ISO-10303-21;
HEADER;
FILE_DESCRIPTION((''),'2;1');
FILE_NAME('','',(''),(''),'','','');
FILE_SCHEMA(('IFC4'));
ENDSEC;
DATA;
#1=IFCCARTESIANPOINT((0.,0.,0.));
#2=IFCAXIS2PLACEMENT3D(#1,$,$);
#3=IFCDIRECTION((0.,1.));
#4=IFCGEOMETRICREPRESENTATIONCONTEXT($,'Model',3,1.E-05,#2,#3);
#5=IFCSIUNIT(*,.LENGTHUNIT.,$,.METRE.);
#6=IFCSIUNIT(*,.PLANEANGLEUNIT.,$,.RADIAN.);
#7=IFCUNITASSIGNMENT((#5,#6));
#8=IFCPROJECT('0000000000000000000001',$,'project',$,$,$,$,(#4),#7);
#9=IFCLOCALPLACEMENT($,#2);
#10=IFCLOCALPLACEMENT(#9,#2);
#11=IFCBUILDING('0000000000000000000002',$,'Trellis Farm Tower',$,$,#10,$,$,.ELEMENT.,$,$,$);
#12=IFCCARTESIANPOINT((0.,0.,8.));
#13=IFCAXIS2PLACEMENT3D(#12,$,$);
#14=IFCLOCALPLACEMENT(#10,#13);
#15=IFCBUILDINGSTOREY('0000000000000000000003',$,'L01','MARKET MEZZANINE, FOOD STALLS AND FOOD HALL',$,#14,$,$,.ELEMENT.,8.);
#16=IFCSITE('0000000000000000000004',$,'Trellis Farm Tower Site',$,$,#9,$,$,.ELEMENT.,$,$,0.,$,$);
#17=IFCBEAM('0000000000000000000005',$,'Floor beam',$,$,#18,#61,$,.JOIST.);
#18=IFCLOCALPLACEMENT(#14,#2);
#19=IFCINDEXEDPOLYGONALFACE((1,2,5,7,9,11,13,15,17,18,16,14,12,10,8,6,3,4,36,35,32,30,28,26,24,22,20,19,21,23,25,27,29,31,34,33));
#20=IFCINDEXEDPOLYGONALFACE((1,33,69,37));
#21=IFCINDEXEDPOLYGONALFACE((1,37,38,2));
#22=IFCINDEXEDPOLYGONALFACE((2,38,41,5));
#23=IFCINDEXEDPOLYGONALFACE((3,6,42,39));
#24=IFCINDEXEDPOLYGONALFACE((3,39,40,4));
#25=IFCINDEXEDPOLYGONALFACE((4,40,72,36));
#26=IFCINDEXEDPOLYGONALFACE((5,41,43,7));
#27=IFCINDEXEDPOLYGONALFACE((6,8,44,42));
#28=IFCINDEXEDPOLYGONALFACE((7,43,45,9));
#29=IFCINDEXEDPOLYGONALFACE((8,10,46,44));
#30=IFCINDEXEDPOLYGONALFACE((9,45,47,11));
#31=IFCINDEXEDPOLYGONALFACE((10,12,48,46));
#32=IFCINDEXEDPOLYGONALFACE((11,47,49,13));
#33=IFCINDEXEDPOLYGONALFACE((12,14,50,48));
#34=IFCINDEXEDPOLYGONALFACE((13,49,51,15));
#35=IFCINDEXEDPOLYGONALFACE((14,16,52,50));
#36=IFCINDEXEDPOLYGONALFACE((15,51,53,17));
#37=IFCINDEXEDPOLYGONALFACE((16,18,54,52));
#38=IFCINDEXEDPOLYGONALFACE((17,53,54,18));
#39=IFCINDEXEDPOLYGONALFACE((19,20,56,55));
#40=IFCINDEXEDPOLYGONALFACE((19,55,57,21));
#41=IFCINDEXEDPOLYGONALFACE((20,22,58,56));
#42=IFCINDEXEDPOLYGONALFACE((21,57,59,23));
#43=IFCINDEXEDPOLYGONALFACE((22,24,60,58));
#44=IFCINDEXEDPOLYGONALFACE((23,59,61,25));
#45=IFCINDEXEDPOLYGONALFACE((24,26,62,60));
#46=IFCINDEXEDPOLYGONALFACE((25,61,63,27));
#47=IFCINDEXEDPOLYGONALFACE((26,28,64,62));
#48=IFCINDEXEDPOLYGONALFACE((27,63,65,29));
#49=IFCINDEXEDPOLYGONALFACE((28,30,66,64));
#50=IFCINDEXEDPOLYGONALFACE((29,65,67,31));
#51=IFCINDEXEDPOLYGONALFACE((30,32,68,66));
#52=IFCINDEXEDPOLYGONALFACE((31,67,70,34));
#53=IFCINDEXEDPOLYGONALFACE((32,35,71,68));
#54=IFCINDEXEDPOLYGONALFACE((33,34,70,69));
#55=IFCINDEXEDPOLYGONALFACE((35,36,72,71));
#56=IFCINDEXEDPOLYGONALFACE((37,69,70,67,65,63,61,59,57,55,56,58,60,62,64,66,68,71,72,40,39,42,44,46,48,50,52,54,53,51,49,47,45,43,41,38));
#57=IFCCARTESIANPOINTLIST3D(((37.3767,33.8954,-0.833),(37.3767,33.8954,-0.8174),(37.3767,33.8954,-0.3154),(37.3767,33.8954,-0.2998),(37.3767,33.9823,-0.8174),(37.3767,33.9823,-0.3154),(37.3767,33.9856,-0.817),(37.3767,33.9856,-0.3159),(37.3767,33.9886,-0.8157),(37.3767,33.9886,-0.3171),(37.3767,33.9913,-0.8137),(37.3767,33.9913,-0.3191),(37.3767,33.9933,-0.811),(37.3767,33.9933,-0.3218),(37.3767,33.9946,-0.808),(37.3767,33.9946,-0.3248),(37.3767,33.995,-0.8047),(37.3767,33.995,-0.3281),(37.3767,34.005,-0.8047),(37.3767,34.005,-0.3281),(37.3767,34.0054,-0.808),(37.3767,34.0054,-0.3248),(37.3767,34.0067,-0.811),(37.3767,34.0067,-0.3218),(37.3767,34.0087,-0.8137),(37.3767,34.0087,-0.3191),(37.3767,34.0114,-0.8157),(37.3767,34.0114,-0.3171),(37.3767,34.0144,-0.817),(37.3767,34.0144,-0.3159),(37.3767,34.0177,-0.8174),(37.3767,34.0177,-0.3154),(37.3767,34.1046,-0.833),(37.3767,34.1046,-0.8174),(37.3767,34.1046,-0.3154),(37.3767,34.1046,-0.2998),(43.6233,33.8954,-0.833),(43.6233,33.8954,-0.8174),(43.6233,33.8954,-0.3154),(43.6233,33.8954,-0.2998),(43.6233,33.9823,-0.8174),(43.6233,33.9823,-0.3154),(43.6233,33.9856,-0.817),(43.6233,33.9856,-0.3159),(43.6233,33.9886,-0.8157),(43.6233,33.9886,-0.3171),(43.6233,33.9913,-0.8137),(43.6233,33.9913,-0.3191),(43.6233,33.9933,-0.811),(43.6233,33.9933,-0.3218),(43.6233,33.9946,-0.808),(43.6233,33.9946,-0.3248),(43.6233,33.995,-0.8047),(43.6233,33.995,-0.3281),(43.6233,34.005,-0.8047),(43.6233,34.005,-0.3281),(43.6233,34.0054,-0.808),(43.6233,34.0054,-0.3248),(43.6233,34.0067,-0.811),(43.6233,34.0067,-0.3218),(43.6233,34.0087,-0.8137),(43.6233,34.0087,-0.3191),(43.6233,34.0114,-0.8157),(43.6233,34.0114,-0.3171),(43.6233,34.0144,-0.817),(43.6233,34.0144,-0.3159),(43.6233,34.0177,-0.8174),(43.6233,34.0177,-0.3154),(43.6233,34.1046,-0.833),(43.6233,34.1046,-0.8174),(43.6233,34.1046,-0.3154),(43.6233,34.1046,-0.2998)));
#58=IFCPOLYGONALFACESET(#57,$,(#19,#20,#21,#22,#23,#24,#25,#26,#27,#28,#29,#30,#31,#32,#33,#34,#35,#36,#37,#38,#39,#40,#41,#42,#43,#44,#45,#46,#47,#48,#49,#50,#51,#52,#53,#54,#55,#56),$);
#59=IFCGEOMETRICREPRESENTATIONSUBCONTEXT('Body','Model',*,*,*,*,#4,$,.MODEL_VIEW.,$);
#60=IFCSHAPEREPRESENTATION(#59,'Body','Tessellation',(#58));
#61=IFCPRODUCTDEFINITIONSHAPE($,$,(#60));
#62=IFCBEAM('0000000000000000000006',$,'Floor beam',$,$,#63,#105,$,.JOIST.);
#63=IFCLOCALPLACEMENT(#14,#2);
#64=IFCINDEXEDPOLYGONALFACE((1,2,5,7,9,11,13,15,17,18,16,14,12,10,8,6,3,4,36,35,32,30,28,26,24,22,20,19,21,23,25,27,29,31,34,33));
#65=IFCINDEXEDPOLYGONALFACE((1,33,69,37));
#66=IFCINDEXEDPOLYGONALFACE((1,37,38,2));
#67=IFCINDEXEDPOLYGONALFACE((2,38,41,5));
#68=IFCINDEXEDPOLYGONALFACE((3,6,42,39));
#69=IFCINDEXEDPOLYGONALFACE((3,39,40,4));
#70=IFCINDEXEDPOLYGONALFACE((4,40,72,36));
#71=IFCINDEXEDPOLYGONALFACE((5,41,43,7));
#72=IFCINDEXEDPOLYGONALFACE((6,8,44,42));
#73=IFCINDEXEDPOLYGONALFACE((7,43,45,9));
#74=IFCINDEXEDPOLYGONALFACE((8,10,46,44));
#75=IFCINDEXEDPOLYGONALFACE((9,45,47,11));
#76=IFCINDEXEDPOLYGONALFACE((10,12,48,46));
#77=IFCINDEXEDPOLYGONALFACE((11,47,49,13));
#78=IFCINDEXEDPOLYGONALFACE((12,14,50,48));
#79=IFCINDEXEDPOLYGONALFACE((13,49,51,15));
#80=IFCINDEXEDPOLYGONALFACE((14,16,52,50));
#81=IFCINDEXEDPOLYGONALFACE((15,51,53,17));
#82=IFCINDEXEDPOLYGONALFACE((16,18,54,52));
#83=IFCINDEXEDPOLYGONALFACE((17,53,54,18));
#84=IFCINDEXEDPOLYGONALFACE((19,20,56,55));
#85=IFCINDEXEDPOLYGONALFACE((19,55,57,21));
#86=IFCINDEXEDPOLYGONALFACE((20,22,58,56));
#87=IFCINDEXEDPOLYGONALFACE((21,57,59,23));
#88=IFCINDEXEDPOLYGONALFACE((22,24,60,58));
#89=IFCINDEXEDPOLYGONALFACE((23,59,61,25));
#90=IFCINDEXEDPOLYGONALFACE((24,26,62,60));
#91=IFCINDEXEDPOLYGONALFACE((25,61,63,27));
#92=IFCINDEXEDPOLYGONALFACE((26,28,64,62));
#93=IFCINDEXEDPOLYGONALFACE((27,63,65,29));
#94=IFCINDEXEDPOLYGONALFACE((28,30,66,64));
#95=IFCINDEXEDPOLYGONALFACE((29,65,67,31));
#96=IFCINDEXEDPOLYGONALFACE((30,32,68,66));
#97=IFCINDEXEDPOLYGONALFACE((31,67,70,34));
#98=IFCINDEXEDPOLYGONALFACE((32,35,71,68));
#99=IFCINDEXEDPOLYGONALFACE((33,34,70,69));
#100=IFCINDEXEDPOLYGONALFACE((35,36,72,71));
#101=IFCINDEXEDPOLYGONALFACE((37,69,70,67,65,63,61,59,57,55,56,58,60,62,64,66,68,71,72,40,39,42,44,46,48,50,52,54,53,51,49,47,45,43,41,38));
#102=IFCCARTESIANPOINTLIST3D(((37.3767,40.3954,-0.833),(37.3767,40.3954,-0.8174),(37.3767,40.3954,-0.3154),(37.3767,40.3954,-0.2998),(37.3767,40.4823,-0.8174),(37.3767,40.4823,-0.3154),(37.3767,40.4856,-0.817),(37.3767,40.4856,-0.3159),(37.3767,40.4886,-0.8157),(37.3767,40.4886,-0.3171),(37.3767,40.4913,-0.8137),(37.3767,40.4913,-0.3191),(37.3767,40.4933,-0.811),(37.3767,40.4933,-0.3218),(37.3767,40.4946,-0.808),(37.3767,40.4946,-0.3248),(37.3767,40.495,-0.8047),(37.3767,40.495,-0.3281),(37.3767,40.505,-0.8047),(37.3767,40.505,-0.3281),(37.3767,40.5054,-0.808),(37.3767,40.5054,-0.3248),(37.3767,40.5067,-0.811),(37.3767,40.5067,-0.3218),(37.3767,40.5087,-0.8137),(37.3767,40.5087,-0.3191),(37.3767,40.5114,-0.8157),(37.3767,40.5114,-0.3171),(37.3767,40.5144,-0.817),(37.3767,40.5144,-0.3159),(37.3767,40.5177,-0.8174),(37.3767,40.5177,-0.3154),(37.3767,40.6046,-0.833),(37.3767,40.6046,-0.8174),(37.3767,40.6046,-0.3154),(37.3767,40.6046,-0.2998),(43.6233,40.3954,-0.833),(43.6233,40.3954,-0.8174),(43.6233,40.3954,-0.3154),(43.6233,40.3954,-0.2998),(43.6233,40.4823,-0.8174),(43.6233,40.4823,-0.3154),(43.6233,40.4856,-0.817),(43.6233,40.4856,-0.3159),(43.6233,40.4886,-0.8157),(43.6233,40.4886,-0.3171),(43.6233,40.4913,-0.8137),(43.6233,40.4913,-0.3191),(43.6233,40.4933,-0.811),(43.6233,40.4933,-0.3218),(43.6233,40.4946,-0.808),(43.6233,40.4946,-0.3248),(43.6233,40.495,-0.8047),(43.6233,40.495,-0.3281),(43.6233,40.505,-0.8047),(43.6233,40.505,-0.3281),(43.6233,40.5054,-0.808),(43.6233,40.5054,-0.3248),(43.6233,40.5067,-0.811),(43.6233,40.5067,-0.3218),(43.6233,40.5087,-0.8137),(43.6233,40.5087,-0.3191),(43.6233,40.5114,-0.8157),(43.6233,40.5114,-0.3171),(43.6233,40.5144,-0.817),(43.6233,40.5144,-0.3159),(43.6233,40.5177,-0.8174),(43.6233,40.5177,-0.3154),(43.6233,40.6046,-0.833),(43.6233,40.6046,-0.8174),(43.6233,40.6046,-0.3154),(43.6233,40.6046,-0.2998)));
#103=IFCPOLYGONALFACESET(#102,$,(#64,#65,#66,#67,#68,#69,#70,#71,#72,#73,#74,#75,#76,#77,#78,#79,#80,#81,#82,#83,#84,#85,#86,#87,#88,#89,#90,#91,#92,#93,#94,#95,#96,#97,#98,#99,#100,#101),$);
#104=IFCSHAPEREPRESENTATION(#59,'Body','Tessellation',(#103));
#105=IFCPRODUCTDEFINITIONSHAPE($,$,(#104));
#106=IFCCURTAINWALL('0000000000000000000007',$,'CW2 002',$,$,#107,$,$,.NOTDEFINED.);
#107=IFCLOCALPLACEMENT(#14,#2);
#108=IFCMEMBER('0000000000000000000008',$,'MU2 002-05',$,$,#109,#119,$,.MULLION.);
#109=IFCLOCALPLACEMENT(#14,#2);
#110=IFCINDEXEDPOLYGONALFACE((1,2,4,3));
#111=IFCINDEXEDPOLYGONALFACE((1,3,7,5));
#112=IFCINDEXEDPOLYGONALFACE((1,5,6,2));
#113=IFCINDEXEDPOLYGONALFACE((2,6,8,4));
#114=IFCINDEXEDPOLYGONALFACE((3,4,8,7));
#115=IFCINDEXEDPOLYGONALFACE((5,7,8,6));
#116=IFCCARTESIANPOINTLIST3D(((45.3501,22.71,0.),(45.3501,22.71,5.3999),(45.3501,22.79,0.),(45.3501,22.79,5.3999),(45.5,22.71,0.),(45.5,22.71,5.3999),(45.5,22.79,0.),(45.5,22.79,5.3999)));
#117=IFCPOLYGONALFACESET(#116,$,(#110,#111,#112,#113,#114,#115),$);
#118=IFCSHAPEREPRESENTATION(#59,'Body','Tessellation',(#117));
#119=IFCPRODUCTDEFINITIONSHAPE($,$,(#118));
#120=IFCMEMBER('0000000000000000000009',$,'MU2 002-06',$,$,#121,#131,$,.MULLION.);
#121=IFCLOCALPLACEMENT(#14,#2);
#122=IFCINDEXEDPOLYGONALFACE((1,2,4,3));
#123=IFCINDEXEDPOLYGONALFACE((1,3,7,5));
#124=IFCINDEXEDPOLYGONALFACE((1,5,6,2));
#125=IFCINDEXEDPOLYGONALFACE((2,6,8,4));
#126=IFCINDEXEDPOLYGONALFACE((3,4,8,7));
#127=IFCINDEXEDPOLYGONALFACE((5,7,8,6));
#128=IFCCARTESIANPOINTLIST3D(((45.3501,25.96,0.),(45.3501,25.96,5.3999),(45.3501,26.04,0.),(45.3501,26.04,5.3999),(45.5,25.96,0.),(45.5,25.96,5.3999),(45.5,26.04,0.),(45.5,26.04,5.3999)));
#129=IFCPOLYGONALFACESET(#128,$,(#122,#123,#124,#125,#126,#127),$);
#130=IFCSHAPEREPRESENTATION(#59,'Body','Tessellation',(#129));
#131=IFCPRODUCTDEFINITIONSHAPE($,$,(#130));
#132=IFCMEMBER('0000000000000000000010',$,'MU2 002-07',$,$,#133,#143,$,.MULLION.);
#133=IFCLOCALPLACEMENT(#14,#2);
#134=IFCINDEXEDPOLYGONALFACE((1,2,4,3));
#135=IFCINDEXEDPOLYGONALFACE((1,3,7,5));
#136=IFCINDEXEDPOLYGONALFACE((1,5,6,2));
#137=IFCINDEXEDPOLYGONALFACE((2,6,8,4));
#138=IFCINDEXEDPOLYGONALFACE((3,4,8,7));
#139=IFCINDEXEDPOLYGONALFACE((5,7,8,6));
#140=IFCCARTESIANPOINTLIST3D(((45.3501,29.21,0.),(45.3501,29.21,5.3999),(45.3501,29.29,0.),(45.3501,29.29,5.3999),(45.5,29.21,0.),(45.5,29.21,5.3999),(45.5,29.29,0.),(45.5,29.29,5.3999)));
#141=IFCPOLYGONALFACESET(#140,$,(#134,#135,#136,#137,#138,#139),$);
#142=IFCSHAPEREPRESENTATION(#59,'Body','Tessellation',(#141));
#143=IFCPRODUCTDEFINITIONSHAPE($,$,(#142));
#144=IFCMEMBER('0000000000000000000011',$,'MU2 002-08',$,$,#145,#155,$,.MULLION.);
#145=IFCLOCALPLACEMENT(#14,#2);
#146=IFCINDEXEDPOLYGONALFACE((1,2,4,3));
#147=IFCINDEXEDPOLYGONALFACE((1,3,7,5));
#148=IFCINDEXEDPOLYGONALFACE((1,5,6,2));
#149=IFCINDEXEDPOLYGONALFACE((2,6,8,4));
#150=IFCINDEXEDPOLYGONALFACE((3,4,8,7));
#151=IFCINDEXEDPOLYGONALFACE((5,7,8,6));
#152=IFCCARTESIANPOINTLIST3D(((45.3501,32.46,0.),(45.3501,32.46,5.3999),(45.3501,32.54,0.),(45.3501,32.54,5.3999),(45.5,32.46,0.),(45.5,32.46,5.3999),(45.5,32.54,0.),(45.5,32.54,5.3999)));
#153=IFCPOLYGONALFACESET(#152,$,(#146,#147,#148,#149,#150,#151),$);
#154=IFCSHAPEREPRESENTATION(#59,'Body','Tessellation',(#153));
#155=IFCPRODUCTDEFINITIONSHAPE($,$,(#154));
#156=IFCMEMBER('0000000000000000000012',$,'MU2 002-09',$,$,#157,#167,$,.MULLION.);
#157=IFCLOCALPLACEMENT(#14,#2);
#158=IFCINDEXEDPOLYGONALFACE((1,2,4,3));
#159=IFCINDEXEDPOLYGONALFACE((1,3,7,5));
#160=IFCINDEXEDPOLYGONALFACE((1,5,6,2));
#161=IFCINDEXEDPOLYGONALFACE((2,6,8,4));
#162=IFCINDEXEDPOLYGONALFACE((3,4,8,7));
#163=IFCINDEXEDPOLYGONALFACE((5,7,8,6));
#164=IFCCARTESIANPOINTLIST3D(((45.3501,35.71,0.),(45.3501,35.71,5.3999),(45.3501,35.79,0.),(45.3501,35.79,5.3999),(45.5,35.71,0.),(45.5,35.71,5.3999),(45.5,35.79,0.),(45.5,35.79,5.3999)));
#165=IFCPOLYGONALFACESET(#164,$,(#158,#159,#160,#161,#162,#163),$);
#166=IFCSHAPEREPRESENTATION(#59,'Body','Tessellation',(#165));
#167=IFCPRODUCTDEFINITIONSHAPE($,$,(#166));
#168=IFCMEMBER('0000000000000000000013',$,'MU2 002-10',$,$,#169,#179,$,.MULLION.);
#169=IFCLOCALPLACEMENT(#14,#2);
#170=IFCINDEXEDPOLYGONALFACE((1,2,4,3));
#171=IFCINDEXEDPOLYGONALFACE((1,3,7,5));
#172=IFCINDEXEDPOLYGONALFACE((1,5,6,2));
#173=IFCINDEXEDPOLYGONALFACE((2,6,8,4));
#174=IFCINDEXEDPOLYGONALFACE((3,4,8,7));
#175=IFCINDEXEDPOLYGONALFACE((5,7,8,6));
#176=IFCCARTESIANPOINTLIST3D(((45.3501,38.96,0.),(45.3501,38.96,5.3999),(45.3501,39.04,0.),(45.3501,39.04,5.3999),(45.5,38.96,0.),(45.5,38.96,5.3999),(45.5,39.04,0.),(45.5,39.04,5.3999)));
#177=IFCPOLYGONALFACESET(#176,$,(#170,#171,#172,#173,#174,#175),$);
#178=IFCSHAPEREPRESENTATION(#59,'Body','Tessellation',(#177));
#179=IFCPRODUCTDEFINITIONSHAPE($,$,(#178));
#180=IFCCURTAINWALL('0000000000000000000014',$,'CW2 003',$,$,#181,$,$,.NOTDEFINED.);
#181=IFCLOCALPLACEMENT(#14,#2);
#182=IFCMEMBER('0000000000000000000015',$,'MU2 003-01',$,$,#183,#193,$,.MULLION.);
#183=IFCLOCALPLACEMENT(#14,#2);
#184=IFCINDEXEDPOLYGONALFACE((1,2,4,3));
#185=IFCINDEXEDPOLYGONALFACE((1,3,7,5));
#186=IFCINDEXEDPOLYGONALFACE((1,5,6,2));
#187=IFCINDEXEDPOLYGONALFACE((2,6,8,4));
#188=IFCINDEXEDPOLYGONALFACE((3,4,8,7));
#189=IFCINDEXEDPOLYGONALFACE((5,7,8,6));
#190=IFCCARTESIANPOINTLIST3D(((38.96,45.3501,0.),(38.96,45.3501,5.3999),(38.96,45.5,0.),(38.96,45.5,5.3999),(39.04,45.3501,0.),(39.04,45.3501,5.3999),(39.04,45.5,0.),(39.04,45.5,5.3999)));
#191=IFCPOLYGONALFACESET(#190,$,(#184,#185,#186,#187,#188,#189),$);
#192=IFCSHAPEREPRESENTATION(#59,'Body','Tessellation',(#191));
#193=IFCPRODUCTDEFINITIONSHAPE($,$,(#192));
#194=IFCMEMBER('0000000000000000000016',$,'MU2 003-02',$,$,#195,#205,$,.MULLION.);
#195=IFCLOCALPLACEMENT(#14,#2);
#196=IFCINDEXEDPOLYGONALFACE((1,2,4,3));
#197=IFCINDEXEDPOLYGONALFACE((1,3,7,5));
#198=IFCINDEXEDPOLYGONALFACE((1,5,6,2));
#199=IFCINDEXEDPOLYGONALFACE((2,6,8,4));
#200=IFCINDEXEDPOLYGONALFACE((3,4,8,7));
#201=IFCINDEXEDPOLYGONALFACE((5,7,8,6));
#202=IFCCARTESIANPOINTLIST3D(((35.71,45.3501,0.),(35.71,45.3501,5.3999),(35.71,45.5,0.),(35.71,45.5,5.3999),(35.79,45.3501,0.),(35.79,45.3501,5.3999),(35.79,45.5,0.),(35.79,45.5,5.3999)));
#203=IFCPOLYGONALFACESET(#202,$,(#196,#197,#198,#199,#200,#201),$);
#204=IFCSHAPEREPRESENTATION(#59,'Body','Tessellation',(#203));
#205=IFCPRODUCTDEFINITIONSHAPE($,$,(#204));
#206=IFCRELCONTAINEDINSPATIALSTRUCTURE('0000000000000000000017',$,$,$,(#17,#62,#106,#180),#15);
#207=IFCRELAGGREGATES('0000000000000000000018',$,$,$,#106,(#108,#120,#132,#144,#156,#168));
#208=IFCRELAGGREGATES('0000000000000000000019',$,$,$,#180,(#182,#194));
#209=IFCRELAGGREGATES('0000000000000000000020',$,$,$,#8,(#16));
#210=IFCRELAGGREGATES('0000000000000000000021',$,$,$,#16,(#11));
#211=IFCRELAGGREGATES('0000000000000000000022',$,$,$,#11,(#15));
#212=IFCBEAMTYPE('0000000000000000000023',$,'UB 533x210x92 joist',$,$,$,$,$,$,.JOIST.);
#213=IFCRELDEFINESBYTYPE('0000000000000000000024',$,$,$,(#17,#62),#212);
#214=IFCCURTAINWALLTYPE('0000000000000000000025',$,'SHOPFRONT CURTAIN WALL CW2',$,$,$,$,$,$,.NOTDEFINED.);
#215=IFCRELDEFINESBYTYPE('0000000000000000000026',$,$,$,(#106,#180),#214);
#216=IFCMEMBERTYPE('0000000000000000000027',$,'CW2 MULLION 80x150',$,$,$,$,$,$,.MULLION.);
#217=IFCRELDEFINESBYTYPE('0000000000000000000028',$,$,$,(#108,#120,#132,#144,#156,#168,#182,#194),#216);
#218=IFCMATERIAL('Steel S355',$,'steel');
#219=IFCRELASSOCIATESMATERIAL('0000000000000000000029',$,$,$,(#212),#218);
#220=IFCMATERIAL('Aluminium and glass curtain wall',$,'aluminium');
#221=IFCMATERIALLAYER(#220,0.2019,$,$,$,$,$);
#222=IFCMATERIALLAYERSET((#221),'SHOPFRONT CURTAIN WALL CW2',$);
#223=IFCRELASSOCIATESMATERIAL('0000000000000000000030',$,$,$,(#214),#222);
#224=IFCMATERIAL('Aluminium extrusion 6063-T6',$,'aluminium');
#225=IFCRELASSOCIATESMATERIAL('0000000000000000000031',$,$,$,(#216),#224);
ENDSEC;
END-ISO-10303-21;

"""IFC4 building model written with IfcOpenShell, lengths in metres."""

from ifc_helpers import new_model, si_unit, direction, frame, origin, origin_2d, place, context, subcontext, project, spatial, rectangle, i_section, extrude, source, transform, mapped, material, layer, layer_set, material_profile, profile_set, type_object, element, aggregate, save


model = new_model("IFC4")

# Units and contexts
model_context = context("Model", 3, precision=1e-05, world=origin(), true_north=direction((0.0, 1.0)))
body_context = subcontext(model_context, "Body", "Model", "MODEL_VIEW")
ifc_project = project(units=[si_unit("LENGTHUNIT", "METRE"), si_unit("PLANEANGLEUNIT", "RADIAN")], contexts=[model_context])

# Site, building, storey
site_placement = place(None, origin())
site = spatial("IfcSite", under=ifc_project, at=site_placement, Name="Trellis Farm Tower Site", CompositionType="ELEMENT", RefElevation=0.0)
building_placement = place(site_placement, origin())
building = spatial("IfcBuilding", under=site, at=building_placement, Name="Trellis Farm Tower", CompositionType="ELEMENT")
storey_placement = place(building_placement, frame((0.0, 0.0, 8.0)))
storey = spatial("IfcBuildingStorey", under=building, at=storey_placement, Name="L01", Description="MARKET MEZZANINE, FOOD STALLS AND FOOD HALL", CompositionType="ELEMENT", Elevation=8.0)

# Beams
ifc_material_1 = material(Name="Steel S355", Category="steel")
ifc_material_profile_1 = material_profile(ifc_material_1, i_section(OverallWidth=0.2092, OverallDepth=0.5332, WebThickness=0.01, FlangeThickness=0.0156, FilletRadius=0.0127, at=origin_2d()), Name="UB 533x210x92")
ifc_profile_set_1 = profile_set([ifc_material_profile_1], Name="Steel S355")
beam_type_1 = type_object("IfcBeamType", Name="UB 533x210x92 joist", PredefinedType="JOIST", material=ifc_profile_set_1)
shared_shape_1 = source(origin(), body_context, "Body", "SweptSolid", [
    extrude(i_section(OverallWidth=0.2092, OverallDepth=0.5332, WebThickness=0.01, FlangeThickness=0.0156, FilletRadius=0.0127, at=origin_2d()), origin(), (0.0, 0.0, 1.0), 6.2466),
])
for number, where, z_axis, x_axis, name in (
    (1, (37.3767, 34.0, -0.5664), (1.0, 0.0, 0.0), (0.0, 1.0, 0.0), "Floor beam"),
    (2, (37.3767, 40.5, -0.5664), (1.0, 0.0, 0.0), (0.0, 1.0, 0.0), "Floor beam"),
):
    element("IfcBeam", number, at=place(storey_placement, frame(where, z_axis=z_axis, x_axis=x_axis)), inside=storey, type_object=beam_type_1, Name=name, PredefinedType="JOIST", context=body_context, shape_type="MappedRepresentation", body=[
        mapped(shared_shape_1, transform((0.0, 0.0, 0.0))),
    ])

# Curtain walls, members
ifc_material_2 = material(Name="Aluminium and glass curtain wall", Category="aluminium")
ifc_layer_1 = layer(ifc_material_2, 0.2019)
ifc_layer_set_1 = layer_set([ifc_layer_1], Name="SHOPFRONT CURTAIN WALL CW2")
curtain_wall_type = type_object("IfcCurtainWallType", Name="SHOPFRONT CURTAIN WALL CW2", PredefinedType="NOTDEFINED", material=ifc_layer_set_1)
placement = place(storey_placement, origin())
curtain_wall_1 = element("IfcCurtainWall", 3, at=placement, inside=storey, type_object=curtain_wall_type, Name="CW2 002", PredefinedType="NOTDEFINED")
ifc_material_3 = material(Name="Aluminium extrusion 6063-T6", Category="aluminium")
ifc_material_profile_2 = material_profile(ifc_material_3, rectangle(XDim=0.0801, YDim=0.1499, at=origin_2d()), Name="MULLION 80x150")
ifc_profile_set_2 = profile_set([ifc_material_profile_2], Name="Aluminium extrusion 6063-T6")
member_type = type_object("IfcMemberType", Name="CW2 MULLION 80x150", PredefinedType="MULLION", material=ifc_profile_set_2)
shared_shape_2 = source(origin(), body_context, "Body", "SweptSolid", [
    extrude(rectangle(XDim=0.0801, YDim=0.1499, at=origin_2d()), origin(), (0.0, 0.0, 1.0), 5.3999),
])
member_1_placement = place(storey_placement, frame((45.425, 22.75, 0.0), z_axis=(0.0, 0.0, 1.0), x_axis=(0.0, 1.0, 0.0)))
member_1 = element("IfcMember", 4, at=member_1_placement, type_object=member_type, Name="MU2 002-05", PredefinedType="MULLION", context=body_context, shape_type="MappedRepresentation", body=[
    mapped(shared_shape_2, transform((0.0, 0.0, 0.0))),
])
member_2_placement = place(storey_placement, frame((45.425, 26.0, 0.0), z_axis=(0.0, 0.0, 1.0), x_axis=(0.0, 1.0, 0.0)))
member_2 = element("IfcMember", 5, at=member_2_placement, type_object=member_type, Name="MU2 002-06", PredefinedType="MULLION", context=body_context, shape_type="MappedRepresentation", body=[
    mapped(shared_shape_2, transform((0.0, 0.0, 0.0))),
])
member_3_placement = place(storey_placement, frame((45.425, 29.25, 0.0), z_axis=(0.0, 0.0, 1.0), x_axis=(0.0, 1.0, 0.0)))
member_3 = element("IfcMember", 6, at=member_3_placement, type_object=member_type, Name="MU2 002-07", PredefinedType="MULLION", context=body_context, shape_type="MappedRepresentation", body=[
    mapped(shared_shape_2, transform((0.0, 0.0, 0.0))),
])
member_4_placement = place(storey_placement, frame((45.425, 32.5, 0.0), z_axis=(0.0, 0.0, 1.0), x_axis=(0.0, 1.0, 0.0)))
member_4 = element("IfcMember", 7, at=member_4_placement, type_object=member_type, Name="MU2 002-08", PredefinedType="MULLION", context=body_context, shape_type="MappedRepresentation", body=[
    mapped(shared_shape_2, transform((0.0, 0.0, 0.0))),
])
member_5_placement = place(storey_placement, frame((45.425, 35.75, 0.0), z_axis=(0.0, 0.0, 1.0), x_axis=(0.0, 1.0, 0.0)))
member_5 = element("IfcMember", 8, at=member_5_placement, type_object=member_type, Name="MU2 002-09", PredefinedType="MULLION", context=body_context, shape_type="MappedRepresentation", body=[
    mapped(shared_shape_2, transform((0.0, 0.0, 0.0))),
])
member_6_placement = place(storey_placement, frame((45.425, 39.0, 0.0), z_axis=(0.0, 0.0, 1.0), x_axis=(0.0, 1.0, 0.0)))
member_6 = element("IfcMember", 9, at=member_6_placement, type_object=member_type, Name="MU2 002-10", PredefinedType="MULLION", context=body_context, shape_type="MappedRepresentation", body=[
    mapped(shared_shape_2, transform((0.0, 0.0, 0.0))),
])
aggregate(curtain_wall_1, [member_1, member_2, member_3, member_4, member_5, member_6])
curtain_wall_2 = element("IfcCurtainWall", 10, at=placement, inside=storey, type_object=curtain_wall_type, Name="CW2 003", PredefinedType="NOTDEFINED")
member_7_placement = place(storey_placement, frame((39.0, 45.425, 0.0), z_axis=(0.0, 0.0, 1.0), x_axis=(-1.0, 0.0, 0.0)))
member_7 = element("IfcMember", 11, at=member_7_placement, type_object=member_type, Name="MU2 003-01", PredefinedType="MULLION", context=body_context, shape_type="MappedRepresentation", body=[
    mapped(shared_shape_2, transform((0.0, 0.0, 0.0))),
])
member_8_placement = place(storey_placement, frame((35.75, 45.425, 0.0), z_axis=(0.0, 0.0, 1.0), x_axis=(-1.0, 0.0, 0.0)))
member_8 = element("IfcMember", 12, at=member_8_placement, type_object=member_type, Name="MU2 003-02", PredefinedType="MULLION", context=body_context, shape_type="MappedRepresentation", body=[
    mapped(shared_shape_2, transform((0.0, 0.0, 0.0))),
])
aggregate(curtain_wall_2, [member_7, member_8])

save(model, "model.ifc")
